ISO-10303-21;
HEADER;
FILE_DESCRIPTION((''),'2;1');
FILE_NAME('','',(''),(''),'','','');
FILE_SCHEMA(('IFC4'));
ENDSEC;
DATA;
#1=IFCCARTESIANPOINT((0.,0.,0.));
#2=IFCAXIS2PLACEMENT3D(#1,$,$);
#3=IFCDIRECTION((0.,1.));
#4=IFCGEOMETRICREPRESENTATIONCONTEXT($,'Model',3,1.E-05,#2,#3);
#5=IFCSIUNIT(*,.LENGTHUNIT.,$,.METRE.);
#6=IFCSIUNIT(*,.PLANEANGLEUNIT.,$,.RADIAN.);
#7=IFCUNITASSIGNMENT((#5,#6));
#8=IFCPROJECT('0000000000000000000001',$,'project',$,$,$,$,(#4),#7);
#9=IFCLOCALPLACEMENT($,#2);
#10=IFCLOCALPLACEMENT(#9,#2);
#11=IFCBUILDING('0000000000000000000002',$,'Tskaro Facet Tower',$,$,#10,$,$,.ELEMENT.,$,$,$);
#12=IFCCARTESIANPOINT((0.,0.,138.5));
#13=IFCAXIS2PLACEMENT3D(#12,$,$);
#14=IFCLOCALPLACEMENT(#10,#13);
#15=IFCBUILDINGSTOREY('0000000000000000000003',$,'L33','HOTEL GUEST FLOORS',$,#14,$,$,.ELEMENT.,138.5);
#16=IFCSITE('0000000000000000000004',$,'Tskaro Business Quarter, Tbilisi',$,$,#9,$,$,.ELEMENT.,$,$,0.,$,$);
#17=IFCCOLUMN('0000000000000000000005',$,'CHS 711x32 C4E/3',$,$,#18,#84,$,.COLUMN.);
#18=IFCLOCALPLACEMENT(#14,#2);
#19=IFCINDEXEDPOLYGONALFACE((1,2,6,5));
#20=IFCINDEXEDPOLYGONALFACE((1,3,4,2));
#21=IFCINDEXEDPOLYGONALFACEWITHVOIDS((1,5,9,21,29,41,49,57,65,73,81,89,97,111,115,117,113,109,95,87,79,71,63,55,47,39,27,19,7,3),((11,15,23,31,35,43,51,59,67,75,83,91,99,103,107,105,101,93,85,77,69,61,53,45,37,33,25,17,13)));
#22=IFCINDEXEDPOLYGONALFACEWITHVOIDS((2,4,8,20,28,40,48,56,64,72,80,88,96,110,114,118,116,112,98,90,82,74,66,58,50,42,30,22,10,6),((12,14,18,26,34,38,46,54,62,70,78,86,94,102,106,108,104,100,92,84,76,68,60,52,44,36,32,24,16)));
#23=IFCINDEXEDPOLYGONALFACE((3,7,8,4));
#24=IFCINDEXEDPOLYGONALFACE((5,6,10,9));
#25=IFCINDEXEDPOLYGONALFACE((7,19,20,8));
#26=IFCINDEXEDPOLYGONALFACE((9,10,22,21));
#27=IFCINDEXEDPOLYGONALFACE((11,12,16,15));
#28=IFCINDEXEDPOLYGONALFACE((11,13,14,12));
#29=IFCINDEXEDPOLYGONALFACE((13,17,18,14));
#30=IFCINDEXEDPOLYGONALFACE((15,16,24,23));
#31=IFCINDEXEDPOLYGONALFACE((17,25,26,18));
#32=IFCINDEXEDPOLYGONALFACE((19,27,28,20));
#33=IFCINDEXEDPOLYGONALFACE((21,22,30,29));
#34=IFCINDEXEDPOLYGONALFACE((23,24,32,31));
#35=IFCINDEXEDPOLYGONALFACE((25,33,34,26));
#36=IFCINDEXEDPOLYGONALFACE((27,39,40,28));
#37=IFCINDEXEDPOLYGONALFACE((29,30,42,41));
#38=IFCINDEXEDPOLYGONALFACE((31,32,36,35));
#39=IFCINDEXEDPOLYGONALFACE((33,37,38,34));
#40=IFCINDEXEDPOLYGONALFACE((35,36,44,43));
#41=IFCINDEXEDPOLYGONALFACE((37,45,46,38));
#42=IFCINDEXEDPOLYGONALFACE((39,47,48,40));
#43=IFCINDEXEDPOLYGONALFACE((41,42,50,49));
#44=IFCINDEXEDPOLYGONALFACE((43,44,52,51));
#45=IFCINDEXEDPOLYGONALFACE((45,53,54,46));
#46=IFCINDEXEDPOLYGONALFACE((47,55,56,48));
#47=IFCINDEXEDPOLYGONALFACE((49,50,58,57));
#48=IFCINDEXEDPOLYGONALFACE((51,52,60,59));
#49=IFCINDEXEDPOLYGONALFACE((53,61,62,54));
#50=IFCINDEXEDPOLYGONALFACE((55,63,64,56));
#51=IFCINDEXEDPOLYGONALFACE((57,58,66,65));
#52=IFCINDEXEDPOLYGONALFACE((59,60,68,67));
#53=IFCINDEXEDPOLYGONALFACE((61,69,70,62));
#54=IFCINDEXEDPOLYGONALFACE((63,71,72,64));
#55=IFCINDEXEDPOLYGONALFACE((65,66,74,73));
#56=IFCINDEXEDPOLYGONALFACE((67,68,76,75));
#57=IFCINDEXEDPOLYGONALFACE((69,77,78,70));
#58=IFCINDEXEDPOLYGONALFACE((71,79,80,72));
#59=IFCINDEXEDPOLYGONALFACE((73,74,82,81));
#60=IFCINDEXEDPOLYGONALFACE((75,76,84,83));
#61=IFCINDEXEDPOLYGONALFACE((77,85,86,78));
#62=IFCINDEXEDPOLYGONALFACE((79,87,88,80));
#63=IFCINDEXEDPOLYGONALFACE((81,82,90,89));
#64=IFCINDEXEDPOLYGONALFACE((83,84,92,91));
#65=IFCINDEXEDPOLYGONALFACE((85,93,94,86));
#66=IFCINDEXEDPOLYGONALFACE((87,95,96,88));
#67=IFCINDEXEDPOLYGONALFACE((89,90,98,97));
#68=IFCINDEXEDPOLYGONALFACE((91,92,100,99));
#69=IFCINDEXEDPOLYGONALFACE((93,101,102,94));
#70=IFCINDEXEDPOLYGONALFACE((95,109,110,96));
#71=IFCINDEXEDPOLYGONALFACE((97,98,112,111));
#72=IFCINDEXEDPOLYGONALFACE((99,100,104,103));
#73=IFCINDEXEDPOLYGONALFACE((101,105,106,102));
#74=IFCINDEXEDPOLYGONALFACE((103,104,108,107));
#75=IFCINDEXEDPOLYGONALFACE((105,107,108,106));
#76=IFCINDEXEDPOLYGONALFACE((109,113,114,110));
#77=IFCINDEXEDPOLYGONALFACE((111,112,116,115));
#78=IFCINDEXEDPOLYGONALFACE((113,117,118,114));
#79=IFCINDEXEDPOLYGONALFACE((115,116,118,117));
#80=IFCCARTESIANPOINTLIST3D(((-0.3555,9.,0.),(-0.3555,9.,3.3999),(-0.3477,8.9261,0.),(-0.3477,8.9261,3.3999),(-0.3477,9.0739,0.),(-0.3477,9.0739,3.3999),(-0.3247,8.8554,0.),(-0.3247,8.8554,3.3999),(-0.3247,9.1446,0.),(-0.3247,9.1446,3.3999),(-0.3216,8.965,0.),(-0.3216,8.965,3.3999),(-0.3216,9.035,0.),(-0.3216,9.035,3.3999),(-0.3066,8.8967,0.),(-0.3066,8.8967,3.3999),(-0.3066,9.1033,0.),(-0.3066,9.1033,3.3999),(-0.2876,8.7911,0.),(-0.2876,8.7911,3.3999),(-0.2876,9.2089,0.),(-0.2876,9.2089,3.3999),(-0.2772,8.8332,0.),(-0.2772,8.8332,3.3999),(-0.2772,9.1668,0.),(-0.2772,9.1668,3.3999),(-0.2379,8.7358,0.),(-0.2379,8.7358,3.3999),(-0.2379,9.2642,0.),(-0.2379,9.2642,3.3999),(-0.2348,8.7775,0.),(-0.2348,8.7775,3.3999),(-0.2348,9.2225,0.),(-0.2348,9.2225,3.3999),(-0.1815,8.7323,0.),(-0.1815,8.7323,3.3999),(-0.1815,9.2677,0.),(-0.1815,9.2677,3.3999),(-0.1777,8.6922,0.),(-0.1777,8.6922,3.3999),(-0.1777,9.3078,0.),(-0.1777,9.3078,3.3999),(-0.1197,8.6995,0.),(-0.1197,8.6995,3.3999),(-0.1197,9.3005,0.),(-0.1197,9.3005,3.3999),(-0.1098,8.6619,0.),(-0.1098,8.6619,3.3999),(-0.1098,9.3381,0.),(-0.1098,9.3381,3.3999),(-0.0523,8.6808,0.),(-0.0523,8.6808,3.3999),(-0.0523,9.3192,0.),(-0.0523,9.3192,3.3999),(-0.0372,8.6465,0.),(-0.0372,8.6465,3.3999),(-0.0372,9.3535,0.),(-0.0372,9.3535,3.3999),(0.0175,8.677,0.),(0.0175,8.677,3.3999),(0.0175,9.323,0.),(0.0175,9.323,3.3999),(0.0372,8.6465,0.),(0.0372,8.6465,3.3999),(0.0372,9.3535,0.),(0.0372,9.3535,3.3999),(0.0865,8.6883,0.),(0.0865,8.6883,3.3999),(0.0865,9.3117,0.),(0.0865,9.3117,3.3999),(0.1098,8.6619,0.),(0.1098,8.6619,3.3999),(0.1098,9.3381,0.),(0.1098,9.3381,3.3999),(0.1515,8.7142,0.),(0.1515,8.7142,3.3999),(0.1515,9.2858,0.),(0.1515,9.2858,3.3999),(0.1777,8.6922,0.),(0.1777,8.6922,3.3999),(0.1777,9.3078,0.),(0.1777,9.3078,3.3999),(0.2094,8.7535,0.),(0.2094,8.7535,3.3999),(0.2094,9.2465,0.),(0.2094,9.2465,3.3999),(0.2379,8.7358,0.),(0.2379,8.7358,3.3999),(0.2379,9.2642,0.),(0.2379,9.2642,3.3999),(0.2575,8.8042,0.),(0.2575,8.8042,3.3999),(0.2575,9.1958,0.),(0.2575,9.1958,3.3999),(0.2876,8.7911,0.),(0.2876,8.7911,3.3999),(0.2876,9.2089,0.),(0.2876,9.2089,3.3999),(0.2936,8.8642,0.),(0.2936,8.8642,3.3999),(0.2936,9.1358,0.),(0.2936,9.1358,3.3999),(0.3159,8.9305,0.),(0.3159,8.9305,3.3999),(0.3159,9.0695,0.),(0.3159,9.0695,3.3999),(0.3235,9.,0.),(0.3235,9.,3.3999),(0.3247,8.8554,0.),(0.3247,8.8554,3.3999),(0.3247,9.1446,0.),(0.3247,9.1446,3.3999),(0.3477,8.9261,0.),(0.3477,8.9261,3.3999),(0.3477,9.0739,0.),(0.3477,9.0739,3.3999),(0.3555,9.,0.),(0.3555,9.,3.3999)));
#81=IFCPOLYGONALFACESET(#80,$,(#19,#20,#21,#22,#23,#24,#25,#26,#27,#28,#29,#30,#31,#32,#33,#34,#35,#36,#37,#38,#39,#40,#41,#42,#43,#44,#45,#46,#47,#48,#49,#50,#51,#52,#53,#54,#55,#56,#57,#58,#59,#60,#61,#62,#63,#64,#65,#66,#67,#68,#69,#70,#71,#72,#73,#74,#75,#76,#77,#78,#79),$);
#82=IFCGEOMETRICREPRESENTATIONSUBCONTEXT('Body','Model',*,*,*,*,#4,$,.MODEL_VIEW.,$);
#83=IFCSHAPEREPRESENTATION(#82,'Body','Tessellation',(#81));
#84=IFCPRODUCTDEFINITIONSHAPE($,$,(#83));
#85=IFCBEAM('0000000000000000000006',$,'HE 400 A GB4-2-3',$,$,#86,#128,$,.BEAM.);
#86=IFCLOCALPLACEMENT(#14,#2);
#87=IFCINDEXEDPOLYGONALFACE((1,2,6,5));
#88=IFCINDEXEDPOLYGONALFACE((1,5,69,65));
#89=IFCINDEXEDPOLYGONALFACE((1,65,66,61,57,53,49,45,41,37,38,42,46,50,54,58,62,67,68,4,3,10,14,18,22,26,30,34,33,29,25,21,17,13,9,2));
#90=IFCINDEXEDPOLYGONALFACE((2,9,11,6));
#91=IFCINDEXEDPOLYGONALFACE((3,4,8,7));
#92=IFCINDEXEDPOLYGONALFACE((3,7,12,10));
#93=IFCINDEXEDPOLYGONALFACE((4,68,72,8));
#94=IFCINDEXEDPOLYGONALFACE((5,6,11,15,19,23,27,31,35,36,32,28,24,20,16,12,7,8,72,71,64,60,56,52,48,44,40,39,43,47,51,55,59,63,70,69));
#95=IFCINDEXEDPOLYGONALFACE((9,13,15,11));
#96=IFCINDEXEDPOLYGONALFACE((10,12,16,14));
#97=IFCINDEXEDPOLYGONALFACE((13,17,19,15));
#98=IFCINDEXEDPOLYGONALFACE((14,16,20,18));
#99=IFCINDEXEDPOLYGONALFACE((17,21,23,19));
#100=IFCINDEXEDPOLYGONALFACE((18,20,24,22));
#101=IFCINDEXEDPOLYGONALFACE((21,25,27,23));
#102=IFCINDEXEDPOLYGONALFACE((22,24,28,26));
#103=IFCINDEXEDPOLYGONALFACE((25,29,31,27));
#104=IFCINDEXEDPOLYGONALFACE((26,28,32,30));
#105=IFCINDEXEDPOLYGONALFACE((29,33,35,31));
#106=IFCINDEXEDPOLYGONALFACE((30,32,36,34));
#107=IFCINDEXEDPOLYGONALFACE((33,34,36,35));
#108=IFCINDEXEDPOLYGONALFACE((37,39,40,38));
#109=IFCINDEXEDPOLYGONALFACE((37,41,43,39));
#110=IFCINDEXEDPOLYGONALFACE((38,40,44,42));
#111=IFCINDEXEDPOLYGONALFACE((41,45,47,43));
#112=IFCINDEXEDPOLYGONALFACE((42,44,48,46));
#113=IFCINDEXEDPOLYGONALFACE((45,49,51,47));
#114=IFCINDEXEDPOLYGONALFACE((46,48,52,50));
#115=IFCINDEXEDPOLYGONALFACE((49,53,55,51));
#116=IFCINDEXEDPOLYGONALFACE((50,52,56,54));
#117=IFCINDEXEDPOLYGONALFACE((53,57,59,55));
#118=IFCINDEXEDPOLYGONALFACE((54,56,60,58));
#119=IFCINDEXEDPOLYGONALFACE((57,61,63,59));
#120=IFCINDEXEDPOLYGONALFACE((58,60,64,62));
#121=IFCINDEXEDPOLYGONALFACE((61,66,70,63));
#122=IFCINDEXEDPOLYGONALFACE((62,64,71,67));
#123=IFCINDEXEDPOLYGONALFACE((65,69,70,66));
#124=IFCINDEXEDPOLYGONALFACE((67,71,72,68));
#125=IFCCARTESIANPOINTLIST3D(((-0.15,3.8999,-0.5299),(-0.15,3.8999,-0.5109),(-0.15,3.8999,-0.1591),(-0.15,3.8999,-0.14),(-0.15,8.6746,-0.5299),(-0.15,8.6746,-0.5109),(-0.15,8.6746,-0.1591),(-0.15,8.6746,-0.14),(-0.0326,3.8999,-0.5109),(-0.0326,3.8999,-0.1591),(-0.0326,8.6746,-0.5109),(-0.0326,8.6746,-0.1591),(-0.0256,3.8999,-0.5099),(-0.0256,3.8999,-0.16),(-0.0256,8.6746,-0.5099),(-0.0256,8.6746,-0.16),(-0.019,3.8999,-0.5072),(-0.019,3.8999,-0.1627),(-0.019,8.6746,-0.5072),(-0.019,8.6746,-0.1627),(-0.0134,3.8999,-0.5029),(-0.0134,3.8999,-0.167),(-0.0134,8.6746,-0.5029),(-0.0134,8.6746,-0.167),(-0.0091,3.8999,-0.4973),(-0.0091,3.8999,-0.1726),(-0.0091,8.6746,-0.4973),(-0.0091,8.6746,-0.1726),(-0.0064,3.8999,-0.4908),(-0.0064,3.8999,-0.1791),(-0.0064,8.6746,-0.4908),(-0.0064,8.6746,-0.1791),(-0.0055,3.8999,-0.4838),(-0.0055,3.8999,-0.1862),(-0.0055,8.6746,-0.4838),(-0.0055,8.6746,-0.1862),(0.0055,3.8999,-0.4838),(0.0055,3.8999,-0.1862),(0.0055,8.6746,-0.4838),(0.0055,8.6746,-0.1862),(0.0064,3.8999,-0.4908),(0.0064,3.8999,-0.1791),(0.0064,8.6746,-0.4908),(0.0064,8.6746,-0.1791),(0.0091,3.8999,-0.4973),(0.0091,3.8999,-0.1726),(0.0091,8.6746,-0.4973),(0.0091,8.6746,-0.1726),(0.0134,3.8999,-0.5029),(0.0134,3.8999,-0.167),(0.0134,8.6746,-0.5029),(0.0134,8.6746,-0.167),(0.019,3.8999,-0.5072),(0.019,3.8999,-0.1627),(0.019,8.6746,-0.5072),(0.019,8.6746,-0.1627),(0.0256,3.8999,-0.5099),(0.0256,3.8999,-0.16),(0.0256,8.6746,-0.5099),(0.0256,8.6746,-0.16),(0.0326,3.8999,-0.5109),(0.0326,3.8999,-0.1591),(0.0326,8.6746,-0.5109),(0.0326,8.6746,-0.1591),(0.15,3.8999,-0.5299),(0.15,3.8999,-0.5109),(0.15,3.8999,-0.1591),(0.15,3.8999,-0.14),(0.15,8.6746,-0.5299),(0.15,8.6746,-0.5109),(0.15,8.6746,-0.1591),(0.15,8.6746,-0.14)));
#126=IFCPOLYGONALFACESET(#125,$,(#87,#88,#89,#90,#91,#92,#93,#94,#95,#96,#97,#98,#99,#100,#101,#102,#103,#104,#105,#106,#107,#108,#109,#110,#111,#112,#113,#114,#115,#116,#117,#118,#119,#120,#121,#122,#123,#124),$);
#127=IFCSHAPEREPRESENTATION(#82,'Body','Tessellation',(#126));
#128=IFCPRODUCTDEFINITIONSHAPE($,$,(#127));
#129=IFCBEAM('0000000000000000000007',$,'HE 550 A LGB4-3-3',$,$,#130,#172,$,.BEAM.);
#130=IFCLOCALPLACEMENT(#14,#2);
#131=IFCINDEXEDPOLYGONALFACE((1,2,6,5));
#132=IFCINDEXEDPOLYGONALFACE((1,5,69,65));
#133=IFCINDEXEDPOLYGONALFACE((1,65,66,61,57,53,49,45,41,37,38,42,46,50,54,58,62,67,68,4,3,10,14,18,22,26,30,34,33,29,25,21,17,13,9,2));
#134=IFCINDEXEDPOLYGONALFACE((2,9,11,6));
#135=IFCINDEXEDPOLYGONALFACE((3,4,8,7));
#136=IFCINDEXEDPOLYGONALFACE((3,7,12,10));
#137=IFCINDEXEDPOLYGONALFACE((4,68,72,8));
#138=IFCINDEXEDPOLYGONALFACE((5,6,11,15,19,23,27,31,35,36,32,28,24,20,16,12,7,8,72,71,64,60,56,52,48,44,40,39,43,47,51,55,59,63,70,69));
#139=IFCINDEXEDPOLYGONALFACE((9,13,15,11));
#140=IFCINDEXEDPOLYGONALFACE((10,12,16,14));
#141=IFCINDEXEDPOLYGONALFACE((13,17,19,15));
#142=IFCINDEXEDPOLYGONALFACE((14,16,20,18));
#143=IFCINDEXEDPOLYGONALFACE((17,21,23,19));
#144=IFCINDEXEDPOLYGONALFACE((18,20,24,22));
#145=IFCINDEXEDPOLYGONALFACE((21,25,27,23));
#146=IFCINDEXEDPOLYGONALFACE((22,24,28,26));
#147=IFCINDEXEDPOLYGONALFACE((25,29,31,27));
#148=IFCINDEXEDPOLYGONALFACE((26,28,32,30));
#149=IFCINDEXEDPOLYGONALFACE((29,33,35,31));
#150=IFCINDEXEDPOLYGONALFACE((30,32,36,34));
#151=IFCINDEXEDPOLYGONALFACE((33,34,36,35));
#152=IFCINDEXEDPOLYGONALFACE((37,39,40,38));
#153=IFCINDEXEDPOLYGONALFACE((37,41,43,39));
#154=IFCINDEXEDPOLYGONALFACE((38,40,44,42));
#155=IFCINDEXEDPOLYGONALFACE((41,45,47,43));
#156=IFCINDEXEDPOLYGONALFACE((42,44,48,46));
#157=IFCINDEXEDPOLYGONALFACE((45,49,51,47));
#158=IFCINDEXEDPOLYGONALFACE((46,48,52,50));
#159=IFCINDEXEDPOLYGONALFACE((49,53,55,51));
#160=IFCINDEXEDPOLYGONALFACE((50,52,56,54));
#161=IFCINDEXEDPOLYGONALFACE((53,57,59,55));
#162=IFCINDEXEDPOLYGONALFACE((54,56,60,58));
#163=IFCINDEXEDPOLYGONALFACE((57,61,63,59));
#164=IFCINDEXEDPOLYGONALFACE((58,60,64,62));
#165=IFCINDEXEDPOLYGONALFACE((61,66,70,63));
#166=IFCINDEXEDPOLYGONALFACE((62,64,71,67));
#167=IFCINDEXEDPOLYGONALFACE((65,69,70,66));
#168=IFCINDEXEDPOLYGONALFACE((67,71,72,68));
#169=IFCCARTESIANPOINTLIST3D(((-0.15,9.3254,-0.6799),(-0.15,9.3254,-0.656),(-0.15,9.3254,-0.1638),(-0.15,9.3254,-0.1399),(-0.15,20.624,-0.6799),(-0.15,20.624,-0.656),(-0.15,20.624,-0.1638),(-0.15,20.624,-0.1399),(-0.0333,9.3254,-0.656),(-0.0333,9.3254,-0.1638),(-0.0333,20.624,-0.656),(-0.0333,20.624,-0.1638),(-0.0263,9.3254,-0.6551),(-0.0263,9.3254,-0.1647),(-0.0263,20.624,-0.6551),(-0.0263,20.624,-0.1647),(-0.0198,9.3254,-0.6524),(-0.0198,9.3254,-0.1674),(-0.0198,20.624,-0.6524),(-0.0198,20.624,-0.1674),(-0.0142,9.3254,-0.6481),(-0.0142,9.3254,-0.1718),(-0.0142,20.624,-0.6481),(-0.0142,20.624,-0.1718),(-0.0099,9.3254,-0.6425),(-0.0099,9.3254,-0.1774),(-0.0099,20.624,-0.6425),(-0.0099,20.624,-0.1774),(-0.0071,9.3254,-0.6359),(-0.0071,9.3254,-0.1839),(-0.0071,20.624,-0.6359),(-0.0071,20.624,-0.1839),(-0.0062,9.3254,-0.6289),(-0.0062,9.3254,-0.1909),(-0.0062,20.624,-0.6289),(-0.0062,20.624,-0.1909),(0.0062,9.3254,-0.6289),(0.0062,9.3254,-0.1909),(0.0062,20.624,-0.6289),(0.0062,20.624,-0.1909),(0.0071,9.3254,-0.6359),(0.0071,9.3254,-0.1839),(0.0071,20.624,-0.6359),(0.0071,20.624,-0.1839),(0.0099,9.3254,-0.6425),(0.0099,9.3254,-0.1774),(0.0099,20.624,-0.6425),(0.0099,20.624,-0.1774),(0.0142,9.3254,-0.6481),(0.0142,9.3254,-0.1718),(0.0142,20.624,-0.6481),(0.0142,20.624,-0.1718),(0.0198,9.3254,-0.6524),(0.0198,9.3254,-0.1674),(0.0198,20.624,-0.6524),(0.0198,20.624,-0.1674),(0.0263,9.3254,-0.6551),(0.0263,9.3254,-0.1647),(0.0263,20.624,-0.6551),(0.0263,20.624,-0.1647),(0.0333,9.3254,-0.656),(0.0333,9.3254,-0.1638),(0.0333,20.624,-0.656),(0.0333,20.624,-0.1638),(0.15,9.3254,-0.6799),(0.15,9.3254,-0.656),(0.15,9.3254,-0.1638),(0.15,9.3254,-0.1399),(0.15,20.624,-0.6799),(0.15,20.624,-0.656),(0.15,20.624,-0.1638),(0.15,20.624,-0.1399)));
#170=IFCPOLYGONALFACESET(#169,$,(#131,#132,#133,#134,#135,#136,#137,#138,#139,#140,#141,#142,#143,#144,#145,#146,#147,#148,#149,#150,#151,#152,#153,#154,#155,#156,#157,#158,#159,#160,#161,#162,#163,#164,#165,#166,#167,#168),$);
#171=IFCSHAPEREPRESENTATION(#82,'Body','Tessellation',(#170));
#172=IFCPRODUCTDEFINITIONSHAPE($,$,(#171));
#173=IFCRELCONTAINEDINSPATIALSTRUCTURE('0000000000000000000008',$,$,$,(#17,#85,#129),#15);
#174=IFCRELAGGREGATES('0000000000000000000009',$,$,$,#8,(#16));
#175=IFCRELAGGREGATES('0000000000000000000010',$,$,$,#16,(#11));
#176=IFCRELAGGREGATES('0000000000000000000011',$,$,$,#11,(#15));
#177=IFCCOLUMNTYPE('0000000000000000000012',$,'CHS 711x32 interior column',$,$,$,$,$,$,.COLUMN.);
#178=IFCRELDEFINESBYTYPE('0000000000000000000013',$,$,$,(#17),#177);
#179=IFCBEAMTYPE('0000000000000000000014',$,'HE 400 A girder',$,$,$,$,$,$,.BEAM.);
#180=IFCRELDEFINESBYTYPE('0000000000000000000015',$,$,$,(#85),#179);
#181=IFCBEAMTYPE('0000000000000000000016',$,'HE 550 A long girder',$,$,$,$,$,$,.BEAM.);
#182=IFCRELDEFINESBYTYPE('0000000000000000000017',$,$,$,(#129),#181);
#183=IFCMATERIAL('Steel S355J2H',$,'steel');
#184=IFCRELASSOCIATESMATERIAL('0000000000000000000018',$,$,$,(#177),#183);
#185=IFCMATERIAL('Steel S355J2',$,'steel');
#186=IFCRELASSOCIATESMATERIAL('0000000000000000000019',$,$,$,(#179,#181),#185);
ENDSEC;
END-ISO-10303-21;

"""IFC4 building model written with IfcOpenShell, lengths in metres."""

from ifc_helpers import new_model, si_unit, direction, frame, origin, origin_2d, place, context, subcontext, project, spatial, hollow_circle, i_section, extrude, material, material_profile, profile_set, type_object, element, save


model = new_model("IFC4")

# Units and contexts
model_context = context("Model", 3, precision=1e-05, world=origin(), true_north=direction((0.0, 1.0)))
body_context = subcontext(model_context, "Body", "Model", "MODEL_VIEW")
ifc_project = project(units=[si_unit("LENGTHUNIT", "METRE"), si_unit("PLANEANGLEUNIT", "RADIAN")], contexts=[model_context])

# Site, building, storey
site_placement = place(None, origin())
site = spatial("IfcSite", under=ifc_project, at=site_placement, Name="Tskaro Business Quarter, Tbilisi", CompositionType="ELEMENT", RefElevation=0.0)
building_placement = place(site_placement, origin())
building = spatial("IfcBuilding", under=site, at=building_placement, Name="Tskaro Facet Tower", CompositionType="ELEMENT")
storey_placement = place(building_placement, frame((0.0, 0.0, 138.5)))
storey = spatial("IfcBuildingStorey", under=building, at=storey_placement, Name="L33", Description="HOTEL GUEST FLOORS", CompositionType="ELEMENT", Elevation=138.5)

# Column
ifc_material_1 = material(Name="Steel S355J2H", Category="steel")
ifc_material_profile_1 = material_profile(ifc_material_1, hollow_circle(Radius=0.3555, WallThickness=0.032, at=origin_2d()), Name="CHS 711x32")
ifc_profile_set_1 = profile_set([ifc_material_profile_1], Name="Steel S355J2H")
column_type = type_object("IfcColumnType", Name="CHS 711x32 interior column", PredefinedType="COLUMN", material=ifc_profile_set_1)
column_placement = place(storey_placement, frame((0.0, 9.0, 0.0), z_axis=(0.0, 0.0, 1.0), x_axis=(1.0, 0.0, 0.0)))
element("IfcColumn", 1, at=column_placement, inside=storey, type_object=column_type, Name="CHS 711x32 C4E/3", PredefinedType="COLUMN", context=body_context, shape_type="SweptSolid", body=[
    extrude(hollow_circle(Radius=0.3555, WallThickness=0.032, at=origin_2d()), origin(), (0.0, 0.0, 1.0), 3.3999),
])

# Beams
ifc_material_2 = material(Name="Steel S355J2", Category="steel")
ifc_material_profile_2 = material_profile(ifc_material_2, i_section(OverallWidth=0.3, OverallDepth=0.3899, WebThickness=0.011, FlangeThickness=0.019, FilletRadius=0.0271, at=origin_2d()), Name="HE 400 A")
ifc_profile_set_2 = profile_set([ifc_material_profile_2], Name="Steel S355J2")
beam_type_1 = type_object("IfcBeamType", Name="HE 400 A girder", PredefinedType="BEAM", material=ifc_profile_set_2)
beam_1_placement = place(storey_placement, frame((0.0, 3.8999, -0.335), z_axis=(0.0, 1.0, 0.0), x_axis=(-1.0, 0.0, 0.0)))
element("IfcBeam", 2, at=beam_1_placement, inside=storey, type_object=beam_type_1, Name="HE 400 A GB4-2-3", PredefinedType="BEAM", context=body_context, shape_type="SweptSolid", body=[
    extrude(i_section(OverallWidth=0.3, OverallDepth=0.3899, WebThickness=0.011, FlangeThickness=0.019, FilletRadius=0.0271, at=origin_2d()), origin(), (0.0, 0.0, 1.0), 4.7747),
])
ifc_material_profile_3 = material_profile(ifc_material_2, i_section(OverallWidth=0.3, OverallDepth=0.54, WebThickness=0.0125, FlangeThickness=0.0239, FilletRadius=0.0271, at=origin_2d()), Name="HE 550 A")
ifc_profile_set_3 = profile_set([ifc_material_profile_3], Name="Steel S355J2")
beam_type_2 = type_object("IfcBeamType", Name="HE 550 A long girder", PredefinedType="BEAM", material=ifc_profile_set_3)
beam_2_placement = place(storey_placement, frame((0.0, 9.3254, -0.4099), z_axis=(0.0, 1.0, 0.0), x_axis=(-1.0, 0.0, 0.0)))
element("IfcBeam", 3, at=beam_2_placement, inside=storey, type_object=beam_type_2, Name="HE 550 A LGB4-3-3", PredefinedType="BEAM", context=body_context, shape_type="SweptSolid", body=[
    extrude(i_section(OverallWidth=0.3, OverallDepth=0.54, WebThickness=0.0125, FlangeThickness=0.0239, FilletRadius=0.0271, at=origin_2d()), origin(), (0.0, 0.0, 1.0), 11.2986),
])

save(model, "model.ifc")
